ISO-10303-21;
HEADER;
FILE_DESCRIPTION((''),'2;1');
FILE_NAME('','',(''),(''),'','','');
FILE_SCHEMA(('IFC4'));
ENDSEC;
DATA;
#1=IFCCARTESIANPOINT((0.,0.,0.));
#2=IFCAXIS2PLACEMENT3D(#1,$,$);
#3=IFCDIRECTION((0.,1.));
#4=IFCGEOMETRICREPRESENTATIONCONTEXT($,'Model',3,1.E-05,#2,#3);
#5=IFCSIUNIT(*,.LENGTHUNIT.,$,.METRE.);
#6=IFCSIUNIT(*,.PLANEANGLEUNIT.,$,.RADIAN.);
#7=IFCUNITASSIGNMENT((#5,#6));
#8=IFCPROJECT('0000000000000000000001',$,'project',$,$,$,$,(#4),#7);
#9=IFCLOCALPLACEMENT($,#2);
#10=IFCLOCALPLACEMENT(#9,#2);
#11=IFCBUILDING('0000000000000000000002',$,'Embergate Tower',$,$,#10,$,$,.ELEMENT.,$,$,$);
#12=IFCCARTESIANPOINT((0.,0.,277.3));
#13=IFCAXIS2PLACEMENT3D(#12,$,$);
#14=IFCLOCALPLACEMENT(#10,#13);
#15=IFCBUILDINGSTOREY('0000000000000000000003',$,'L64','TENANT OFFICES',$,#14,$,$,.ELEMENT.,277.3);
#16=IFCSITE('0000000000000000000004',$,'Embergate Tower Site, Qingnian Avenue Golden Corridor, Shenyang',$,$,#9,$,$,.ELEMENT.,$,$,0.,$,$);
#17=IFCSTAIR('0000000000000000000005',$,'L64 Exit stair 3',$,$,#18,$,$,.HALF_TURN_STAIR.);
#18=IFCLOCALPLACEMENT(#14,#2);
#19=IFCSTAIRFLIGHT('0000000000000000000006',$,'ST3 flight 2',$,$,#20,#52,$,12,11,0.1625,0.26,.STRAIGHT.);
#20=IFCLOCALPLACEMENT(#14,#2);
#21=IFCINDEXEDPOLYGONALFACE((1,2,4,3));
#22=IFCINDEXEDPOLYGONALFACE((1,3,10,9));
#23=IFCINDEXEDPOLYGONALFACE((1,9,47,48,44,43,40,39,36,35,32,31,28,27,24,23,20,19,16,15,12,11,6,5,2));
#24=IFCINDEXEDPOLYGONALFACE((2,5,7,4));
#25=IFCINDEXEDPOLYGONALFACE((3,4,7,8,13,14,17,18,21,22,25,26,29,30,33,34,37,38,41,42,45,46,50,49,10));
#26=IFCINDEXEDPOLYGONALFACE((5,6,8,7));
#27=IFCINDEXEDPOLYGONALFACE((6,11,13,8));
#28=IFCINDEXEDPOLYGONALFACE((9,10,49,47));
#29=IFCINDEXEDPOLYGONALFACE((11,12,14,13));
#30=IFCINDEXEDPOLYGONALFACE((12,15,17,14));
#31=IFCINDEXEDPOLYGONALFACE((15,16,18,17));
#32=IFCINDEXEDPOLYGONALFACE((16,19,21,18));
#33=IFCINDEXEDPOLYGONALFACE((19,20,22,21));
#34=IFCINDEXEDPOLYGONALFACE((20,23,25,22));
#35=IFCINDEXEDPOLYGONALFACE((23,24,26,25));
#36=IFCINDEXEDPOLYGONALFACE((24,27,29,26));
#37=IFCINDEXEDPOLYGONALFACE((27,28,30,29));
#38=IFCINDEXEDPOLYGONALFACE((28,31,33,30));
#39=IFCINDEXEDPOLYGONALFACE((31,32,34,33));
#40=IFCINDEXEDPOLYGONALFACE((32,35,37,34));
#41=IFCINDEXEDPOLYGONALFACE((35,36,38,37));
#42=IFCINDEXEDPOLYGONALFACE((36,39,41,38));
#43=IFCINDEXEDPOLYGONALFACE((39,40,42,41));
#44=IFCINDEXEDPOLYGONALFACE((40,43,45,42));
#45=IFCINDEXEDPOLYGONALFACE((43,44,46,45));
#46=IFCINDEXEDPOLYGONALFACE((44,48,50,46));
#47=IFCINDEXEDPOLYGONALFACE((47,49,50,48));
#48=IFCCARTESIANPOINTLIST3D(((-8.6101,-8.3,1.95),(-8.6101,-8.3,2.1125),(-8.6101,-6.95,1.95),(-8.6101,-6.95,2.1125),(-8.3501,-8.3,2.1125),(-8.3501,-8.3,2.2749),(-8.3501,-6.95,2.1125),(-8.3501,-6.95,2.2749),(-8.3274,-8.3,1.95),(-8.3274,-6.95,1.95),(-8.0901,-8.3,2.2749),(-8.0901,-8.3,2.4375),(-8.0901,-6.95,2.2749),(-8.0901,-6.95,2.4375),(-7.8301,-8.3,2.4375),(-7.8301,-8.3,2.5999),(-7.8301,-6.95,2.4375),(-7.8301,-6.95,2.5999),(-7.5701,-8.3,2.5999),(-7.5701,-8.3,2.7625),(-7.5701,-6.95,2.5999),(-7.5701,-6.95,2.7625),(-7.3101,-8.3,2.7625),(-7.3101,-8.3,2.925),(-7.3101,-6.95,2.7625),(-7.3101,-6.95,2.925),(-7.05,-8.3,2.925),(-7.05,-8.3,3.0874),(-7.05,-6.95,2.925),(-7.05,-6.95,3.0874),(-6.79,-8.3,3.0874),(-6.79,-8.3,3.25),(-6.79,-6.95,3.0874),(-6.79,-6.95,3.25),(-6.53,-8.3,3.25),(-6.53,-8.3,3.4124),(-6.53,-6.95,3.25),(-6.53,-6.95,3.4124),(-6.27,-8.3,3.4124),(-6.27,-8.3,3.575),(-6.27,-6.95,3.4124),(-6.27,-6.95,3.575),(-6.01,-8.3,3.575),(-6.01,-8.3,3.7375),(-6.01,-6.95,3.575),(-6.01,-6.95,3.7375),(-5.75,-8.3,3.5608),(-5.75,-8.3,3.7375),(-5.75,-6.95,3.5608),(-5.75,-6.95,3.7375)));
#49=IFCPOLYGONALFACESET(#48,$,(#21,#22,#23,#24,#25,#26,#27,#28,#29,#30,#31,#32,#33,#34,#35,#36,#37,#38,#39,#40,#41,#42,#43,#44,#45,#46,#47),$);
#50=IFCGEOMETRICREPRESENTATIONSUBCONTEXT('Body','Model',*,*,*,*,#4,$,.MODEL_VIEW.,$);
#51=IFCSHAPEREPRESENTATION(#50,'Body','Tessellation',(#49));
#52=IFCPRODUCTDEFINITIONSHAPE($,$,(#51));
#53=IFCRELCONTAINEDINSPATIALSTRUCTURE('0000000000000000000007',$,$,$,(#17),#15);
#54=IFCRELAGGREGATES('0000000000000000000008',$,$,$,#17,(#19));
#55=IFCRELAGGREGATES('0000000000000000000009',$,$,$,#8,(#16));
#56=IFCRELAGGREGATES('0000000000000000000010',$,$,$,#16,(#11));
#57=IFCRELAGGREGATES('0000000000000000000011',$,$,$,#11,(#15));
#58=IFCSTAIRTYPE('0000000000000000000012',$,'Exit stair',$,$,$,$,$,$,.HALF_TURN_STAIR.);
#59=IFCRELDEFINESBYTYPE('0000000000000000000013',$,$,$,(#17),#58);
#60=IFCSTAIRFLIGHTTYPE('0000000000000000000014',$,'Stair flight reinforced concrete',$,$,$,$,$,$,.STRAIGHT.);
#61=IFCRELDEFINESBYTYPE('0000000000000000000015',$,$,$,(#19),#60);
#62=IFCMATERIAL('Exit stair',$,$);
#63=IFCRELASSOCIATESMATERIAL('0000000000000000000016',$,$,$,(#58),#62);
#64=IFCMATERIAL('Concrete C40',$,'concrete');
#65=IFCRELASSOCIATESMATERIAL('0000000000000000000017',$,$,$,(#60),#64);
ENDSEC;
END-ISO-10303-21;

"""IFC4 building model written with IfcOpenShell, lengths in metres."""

from ifc_helpers import new_model, si_unit, direction, frame, origin, place, context, subcontext, project, spatial, polyline, outline, extrude, source, transform, mapped, material, type_object, element, aggregate, save


model = new_model("IFC4")

# Units and contexts
model_context = context("Model", 3, precision=1e-05, world=origin(), true_north=direction((0.0, 1.0)))
body_context = subcontext(model_context, "Body", "Model", "MODEL_VIEW")
ifc_project = project(units=[si_unit("LENGTHUNIT", "METRE"), si_unit("PLANEANGLEUNIT", "RADIAN")], contexts=[model_context])

# Site, building, storey
site_placement = place(None, origin())
site = spatial("IfcSite", under=ifc_project, at=site_placement, Name="Embergate Tower Site, Qingnian Avenue Golden Corridor, Shenyang", CompositionType="ELEMENT", RefElevation=0.0)
building_placement = place(site_placement, origin())
building = spatial("IfcBuilding", under=site, at=building_placement, Name="Embergate Tower", CompositionType="ELEMENT")
storey_placement = place(building_placement, frame((0.0, 0.0, 277.3)))
storey = spatial("IfcBuildingStorey", under=building, at=storey_placement, Name="L64", Description="TENANT OFFICES", CompositionType="ELEMENT", Elevation=277.3)

# Stair
ifc_material_1 = material(Name="Exit stair")
stair_type = type_object("IfcStairType", Name="Exit stair", PredefinedType="HALF_TURN_STAIR", material=ifc_material_1)
stair_placement = place(storey_placement, origin())
stair = element("IfcStair", 1, at=stair_placement, inside=storey, type_object=stair_type, Name="L64 Exit stair 3", PredefinedType="HALF_TURN_STAIR")
ifc_material_2 = material(Name="Concrete C40", Category="concrete")

# Stair flight
stair_flight_type = type_object("IfcStairFlightType", Name="Stair flight reinforced concrete", PredefinedType="STRAIGHT", material=ifc_material_2)
shared_shape_1 = source(origin(), body_context, "Body", "SweptSolid", [
    extrude(outline(polyline([(0.0, 0.0), (0.0, 0.1626), (0.26, 0.1626), (0.26, 0.325), (0.52, 0.325), (0.52, 0.4875), (0.78, 0.4875), (0.78, 0.6499), (1.04, 0.6499), (1.04, 0.8125), (1.3, 0.8125), (1.3, 0.9751), (1.5601, 0.9751), (1.5601, 1.1375), (1.8201, 1.1375), (1.8201, 1.3), (2.0801, 1.3), (2.0801, 1.4624), (2.3401, 1.4624), (2.3401, 1.625), (2.6001, 1.625), (2.6001, 1.7876), (2.8601, 1.7876), (2.8601, 1.95), (2.8601, 1.6108), (0.2827, 0.0), (0.0, 0.0)])), frame((0.0, 0.675, 0.0), z_axis=(0.0, -1.0, 0.0), x_axis=(1.0, 0.0, 0.0)), (0.0, 0.0, 1.0), 1.3501),
])
stair_flight_1_placement = place(storey_placement, frame((-8.6101, -7.625, 1.95), z_axis=(0.0, 0.0, 1.0), x_axis=(1.0, 0.0, 0.0)))
stair_flight_1 = element("IfcStairFlight", 2, at=stair_flight_1_placement, type_object=stair_flight_type, Name="ST3 flight 2", NumberOfRisers=12, NumberOfTreads=11, PredefinedType="STRAIGHT", RiserHeight=0.1625, TreadLength=0.26, context=body_context, shape_type="MappedRepresentation", body=[
    mapped(shared_shape_1, transform((0.0, 0.0, 0.0))),
])
aggregate(stair, [stair_flight_1])

save(model, "model.ifc")
